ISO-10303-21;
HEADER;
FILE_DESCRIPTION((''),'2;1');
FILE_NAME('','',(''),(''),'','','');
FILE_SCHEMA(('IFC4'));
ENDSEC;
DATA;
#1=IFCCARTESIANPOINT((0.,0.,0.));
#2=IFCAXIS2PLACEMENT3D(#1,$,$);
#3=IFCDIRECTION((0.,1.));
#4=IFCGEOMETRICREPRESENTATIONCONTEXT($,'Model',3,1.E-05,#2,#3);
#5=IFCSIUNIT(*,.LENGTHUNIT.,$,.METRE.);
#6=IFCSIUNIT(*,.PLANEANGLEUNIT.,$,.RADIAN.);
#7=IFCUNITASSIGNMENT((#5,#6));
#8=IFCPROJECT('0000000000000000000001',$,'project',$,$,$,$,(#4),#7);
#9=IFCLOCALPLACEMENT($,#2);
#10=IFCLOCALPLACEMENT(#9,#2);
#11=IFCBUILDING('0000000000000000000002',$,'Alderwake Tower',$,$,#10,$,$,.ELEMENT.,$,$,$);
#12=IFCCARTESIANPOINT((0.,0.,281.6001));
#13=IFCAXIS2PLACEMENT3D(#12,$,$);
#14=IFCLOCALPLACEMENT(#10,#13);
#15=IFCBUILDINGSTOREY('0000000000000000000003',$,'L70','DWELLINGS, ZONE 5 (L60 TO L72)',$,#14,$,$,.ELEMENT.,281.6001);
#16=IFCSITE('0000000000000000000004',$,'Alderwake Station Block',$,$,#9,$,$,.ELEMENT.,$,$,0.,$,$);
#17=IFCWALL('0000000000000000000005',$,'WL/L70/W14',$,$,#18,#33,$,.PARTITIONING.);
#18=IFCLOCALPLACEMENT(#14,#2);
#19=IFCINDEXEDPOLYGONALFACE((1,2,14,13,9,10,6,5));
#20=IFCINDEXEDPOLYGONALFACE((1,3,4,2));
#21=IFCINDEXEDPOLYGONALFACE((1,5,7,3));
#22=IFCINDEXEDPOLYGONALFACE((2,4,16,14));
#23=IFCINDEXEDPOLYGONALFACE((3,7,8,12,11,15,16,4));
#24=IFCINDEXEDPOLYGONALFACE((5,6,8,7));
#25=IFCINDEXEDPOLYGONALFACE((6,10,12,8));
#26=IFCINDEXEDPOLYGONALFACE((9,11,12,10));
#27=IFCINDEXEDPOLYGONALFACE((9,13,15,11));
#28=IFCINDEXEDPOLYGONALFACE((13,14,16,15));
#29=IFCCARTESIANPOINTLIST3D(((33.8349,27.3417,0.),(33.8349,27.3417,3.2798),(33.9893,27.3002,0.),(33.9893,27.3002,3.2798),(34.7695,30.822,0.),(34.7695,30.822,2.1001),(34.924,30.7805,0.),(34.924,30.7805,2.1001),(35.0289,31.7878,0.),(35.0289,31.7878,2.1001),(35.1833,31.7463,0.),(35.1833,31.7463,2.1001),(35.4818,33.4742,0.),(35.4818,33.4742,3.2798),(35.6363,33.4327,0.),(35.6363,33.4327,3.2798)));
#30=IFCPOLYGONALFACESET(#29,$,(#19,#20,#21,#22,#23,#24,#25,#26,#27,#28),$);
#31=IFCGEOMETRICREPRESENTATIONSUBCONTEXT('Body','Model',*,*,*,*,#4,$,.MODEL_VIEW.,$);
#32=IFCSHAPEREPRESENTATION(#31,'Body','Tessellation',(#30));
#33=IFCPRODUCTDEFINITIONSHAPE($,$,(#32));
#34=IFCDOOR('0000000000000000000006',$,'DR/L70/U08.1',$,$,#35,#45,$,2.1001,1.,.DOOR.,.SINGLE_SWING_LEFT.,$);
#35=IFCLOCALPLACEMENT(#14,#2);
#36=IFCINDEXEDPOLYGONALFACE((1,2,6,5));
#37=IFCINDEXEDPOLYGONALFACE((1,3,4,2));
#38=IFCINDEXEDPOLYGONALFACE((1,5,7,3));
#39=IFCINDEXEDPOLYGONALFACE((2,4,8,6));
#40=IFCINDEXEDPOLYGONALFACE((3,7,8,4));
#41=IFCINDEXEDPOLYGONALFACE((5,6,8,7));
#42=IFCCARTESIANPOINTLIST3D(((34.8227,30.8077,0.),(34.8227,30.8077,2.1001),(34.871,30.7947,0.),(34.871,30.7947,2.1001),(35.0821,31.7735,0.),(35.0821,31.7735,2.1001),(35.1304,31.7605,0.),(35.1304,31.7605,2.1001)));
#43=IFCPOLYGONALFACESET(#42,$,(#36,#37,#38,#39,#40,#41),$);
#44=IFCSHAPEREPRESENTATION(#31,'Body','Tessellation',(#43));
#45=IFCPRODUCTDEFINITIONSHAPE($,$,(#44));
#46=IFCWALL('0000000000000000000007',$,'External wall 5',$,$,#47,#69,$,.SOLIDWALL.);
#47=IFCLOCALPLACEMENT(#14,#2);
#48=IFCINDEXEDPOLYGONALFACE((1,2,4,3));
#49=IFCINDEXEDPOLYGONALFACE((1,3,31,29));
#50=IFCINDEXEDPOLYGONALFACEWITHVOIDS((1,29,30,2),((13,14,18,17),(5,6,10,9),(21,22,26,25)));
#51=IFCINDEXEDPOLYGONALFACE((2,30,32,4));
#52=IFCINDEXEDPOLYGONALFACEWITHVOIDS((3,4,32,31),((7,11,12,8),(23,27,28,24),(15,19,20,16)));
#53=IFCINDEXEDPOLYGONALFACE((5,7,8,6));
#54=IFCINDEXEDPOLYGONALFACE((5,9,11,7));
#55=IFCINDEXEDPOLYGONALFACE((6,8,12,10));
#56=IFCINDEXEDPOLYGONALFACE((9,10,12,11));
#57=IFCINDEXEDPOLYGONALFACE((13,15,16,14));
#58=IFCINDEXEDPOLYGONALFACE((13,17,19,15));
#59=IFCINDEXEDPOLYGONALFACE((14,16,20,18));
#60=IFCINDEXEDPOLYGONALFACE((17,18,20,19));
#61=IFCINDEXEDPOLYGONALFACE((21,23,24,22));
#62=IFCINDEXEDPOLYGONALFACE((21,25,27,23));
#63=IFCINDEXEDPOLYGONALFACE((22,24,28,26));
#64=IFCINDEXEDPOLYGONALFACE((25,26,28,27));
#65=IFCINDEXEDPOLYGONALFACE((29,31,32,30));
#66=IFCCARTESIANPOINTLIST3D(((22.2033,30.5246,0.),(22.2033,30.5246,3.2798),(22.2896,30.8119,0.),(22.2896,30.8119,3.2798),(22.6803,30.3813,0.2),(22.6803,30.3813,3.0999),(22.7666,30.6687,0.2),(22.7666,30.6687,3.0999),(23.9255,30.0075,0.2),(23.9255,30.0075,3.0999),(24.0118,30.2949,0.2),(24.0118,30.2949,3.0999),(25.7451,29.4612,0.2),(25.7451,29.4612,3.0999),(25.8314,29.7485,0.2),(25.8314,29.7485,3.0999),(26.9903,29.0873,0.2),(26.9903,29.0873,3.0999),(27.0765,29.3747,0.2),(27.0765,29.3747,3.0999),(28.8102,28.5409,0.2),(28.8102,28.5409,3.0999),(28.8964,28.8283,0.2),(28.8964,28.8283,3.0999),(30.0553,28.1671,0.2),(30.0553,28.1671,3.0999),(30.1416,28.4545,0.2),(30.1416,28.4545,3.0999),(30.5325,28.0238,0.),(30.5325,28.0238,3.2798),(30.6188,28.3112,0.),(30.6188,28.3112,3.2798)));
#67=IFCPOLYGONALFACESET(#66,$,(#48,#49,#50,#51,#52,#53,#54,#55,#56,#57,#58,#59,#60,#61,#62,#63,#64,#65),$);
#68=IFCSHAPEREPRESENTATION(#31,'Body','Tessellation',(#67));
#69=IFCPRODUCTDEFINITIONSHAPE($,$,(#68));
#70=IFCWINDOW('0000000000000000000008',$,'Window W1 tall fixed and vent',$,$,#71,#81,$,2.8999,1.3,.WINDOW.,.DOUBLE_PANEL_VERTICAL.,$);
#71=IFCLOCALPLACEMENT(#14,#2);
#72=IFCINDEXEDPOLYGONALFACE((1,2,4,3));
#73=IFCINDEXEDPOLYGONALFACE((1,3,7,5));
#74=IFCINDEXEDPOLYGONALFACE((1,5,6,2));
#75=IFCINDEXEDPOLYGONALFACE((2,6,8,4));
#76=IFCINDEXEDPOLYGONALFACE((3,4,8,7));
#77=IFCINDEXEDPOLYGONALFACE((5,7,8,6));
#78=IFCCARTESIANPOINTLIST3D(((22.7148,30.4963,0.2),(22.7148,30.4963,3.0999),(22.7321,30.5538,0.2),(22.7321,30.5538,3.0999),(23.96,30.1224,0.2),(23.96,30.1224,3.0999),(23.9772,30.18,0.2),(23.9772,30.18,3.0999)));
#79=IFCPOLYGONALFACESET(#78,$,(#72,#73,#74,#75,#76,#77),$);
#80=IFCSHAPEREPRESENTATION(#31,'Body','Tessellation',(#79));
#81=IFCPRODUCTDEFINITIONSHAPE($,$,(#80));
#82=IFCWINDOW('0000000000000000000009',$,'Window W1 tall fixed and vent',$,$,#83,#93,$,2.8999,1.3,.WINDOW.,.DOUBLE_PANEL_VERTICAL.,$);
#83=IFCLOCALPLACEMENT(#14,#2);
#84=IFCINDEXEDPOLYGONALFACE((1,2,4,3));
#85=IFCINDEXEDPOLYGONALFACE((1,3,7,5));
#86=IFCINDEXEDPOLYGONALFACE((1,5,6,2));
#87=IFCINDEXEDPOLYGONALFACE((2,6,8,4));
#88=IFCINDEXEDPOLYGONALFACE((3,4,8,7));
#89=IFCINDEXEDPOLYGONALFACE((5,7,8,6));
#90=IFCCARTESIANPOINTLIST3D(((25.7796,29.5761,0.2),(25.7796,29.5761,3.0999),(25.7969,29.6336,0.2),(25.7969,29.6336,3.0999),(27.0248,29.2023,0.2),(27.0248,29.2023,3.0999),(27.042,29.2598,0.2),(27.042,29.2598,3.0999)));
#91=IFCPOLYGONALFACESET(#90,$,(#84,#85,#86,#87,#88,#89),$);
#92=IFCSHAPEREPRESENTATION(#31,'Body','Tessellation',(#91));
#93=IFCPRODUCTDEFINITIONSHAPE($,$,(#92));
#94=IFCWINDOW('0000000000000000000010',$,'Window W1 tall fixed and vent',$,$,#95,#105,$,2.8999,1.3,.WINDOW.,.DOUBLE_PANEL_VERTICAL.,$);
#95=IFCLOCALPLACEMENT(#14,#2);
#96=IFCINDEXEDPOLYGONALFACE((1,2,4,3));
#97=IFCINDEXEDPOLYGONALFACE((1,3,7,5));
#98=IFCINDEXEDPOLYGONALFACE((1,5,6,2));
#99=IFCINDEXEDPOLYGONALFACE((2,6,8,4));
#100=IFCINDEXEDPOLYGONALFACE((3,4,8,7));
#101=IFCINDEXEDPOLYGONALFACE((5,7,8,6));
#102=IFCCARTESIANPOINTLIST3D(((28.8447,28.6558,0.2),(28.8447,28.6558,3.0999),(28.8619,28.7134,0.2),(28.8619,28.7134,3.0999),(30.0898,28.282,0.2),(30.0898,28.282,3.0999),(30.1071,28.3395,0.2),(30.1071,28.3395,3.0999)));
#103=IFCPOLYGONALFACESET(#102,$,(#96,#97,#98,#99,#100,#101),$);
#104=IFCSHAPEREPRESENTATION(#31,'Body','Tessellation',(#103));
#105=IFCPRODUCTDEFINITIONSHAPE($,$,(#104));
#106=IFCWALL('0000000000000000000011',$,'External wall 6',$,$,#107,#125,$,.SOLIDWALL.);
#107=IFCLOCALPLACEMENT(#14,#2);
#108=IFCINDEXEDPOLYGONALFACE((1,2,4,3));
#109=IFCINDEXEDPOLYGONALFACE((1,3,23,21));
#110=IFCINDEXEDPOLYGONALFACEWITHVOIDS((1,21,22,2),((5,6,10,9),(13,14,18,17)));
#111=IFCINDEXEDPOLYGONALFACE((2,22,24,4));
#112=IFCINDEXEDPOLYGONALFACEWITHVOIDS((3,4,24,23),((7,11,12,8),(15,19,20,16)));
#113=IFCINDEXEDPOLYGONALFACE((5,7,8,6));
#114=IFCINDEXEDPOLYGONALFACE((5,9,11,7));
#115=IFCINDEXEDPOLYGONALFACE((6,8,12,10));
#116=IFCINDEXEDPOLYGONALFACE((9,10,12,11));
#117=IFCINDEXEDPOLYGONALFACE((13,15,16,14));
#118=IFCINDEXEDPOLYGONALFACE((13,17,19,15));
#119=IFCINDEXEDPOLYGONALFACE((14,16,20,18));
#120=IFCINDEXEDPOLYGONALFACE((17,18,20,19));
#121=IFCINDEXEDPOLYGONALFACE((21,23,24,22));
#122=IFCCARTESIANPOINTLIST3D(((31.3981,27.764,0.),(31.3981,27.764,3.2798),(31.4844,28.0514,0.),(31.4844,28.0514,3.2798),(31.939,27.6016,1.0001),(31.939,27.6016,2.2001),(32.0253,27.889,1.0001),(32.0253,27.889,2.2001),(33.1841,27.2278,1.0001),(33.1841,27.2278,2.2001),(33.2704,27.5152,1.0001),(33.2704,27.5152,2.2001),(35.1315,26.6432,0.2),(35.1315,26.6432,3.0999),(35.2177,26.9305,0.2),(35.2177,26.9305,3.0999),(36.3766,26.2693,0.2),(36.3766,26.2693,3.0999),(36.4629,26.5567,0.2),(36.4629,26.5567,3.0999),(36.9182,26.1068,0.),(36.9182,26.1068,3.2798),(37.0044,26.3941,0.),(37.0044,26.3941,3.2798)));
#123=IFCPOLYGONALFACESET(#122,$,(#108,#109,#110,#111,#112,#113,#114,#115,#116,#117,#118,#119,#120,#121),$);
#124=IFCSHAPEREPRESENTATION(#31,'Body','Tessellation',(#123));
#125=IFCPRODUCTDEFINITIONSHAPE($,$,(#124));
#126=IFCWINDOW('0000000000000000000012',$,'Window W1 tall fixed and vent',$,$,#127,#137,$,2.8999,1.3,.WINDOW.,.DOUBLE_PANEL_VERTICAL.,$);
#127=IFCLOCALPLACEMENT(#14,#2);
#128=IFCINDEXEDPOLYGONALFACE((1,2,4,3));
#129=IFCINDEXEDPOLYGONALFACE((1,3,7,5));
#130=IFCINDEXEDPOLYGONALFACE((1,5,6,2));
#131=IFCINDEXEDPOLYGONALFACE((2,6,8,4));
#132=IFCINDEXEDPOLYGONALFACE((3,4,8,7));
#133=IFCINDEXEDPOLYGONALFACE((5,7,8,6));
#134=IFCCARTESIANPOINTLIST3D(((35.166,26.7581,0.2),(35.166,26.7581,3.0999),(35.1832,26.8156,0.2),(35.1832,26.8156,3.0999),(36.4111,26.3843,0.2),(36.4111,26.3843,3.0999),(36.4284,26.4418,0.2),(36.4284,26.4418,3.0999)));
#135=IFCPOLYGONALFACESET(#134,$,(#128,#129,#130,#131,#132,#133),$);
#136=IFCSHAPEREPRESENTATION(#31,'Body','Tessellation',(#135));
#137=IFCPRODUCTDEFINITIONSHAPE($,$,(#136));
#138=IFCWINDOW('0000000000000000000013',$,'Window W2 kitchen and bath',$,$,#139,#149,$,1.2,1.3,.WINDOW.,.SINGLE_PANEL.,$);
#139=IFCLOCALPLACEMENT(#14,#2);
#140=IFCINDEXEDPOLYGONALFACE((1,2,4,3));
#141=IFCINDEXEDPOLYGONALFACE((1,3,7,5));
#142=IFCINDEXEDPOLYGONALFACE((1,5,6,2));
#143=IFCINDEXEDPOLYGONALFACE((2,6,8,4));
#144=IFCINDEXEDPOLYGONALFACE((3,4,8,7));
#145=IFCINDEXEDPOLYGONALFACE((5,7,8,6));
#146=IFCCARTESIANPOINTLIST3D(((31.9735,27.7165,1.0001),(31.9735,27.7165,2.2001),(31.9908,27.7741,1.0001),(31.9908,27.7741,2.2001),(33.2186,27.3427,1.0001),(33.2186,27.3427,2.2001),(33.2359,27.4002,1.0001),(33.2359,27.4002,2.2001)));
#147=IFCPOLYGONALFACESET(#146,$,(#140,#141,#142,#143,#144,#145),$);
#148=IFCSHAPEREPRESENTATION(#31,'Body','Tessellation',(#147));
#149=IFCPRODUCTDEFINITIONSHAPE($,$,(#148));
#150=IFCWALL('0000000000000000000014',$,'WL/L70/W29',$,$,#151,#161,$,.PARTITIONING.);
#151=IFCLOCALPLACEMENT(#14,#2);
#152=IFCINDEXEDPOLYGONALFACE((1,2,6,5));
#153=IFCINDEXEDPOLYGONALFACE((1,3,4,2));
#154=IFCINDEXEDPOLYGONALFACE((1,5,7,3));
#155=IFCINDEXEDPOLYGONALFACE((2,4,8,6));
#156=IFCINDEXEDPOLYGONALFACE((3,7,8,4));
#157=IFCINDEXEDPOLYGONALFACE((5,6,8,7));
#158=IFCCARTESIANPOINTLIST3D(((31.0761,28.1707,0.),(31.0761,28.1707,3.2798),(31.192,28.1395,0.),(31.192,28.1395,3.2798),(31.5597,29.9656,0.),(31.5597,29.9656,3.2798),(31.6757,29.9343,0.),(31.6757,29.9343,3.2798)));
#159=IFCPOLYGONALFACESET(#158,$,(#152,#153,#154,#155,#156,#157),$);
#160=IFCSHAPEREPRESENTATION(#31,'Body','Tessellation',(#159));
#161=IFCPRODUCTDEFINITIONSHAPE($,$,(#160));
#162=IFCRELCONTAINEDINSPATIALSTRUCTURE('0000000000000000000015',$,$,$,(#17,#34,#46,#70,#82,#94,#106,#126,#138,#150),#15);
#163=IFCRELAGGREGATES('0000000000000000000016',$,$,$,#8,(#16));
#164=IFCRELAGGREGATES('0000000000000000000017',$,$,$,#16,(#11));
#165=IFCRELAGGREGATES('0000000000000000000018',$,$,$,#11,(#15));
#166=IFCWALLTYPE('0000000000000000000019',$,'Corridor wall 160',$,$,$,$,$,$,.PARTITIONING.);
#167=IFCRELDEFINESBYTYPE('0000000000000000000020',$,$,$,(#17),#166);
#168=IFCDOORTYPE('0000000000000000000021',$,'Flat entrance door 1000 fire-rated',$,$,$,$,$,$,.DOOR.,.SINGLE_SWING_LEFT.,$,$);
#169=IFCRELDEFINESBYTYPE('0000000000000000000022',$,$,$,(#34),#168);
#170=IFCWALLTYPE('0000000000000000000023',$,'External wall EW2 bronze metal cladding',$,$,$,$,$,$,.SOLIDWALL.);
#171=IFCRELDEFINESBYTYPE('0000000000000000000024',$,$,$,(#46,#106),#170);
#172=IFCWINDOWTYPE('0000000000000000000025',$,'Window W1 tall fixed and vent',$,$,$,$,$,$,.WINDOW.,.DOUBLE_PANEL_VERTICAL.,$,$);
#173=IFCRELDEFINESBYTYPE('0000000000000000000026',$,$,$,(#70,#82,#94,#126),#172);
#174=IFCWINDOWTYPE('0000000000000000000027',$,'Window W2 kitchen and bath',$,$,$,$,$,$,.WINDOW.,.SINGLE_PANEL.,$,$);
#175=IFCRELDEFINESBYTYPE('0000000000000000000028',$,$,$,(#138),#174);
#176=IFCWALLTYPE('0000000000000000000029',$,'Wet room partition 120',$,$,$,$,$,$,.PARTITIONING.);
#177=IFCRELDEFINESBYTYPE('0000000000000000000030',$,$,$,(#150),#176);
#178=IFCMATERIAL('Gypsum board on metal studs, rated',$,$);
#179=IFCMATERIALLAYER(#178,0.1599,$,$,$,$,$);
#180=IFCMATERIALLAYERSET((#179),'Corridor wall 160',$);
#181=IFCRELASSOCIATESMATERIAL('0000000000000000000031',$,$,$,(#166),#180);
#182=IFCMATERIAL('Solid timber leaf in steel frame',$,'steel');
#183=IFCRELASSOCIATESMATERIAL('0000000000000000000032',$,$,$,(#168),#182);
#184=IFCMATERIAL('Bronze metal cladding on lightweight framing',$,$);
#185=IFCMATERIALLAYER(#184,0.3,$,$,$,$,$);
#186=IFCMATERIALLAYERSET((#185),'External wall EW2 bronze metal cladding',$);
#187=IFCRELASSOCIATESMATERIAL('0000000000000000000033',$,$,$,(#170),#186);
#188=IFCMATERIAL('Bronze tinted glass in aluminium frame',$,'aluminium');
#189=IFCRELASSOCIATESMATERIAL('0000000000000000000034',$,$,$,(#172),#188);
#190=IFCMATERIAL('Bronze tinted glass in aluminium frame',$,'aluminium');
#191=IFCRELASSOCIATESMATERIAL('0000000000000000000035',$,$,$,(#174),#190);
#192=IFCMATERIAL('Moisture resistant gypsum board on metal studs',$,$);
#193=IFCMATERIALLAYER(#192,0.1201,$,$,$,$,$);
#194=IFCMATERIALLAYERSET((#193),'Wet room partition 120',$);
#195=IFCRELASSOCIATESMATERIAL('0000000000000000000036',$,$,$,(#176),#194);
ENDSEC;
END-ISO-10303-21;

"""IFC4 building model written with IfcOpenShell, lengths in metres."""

from ifc_helpers import new_model, si_unit, direction, frame, frame_2d, origin, place, context, subcontext, project, spatial, rectangle, extrude, material, layer, layer_set, type_object, element, fill, save


model = new_model("IFC4")

# Units and contexts
model_context = context("Model", 3, precision=1e-05, world=origin(), true_north=direction((0.0, 1.0)))
body_context = subcontext(model_context, "Body", "Model", "MODEL_VIEW")
ifc_project = project(units=[si_unit("LENGTHUNIT", "METRE"), si_unit("PLANEANGLEUNIT", "RADIAN")], contexts=[model_context])

# Site, building, storey
site_placement = place(None, origin())
site = spatial("IfcSite", under=ifc_project, at=site_placement, Name="Alderwake Station Block", CompositionType="ELEMENT", RefElevation=0.0)
building_placement = place(site_placement, origin())
building = spatial("IfcBuilding", under=site, at=building_placement, Name="Alderwake Tower", CompositionType="ELEMENT")
storey_placement = place(building_placement, frame((0.0, 0.0, 281.6001)))
storey = spatial("IfcBuildingStorey", under=building, at=storey_placement, Name="L70", Description="DWELLINGS, ZONE 5 (L60 TO L72)", CompositionType="ELEMENT", Elevation=281.6001)

# Wall, opening, door
ifc_material_1 = material(Name="Gypsum board on metal studs, rated")
ifc_layer_1 = layer(ifc_material_1, 0.1599)
ifc_layer_set_1 = layer_set([ifc_layer_1], Name="Corridor wall 160")
wall_type_1 = type_object("IfcWallType", Name="Corridor wall 160", PredefinedType="PARTITIONING", material=ifc_layer_set_1)
wall_1_placement = place(storey_placement, frame((33.9121, 27.321, 0.0), z_axis=(0.0, 0.0, 1.0), x_axis=(0.259371, 0.965778, 0.0)))
wall_1 = element("IfcWall", 1, at=wall_1_placement, inside=storey, type_object=wall_type_1, Name="WL/L70/W14", PredefinedType="PARTITIONING", context=body_context, shape_type="SweptSolid", body=[
    extrude(rectangle(XDim=6.3499, YDim=0.1599, at=frame_2d((3.1748, 0.0))), origin(), (0.0, 0.0, 1.0), 3.2798),
])
opening_1_placement = place(wall_1_placement, frame((3.6035, 0.0, 0.0)))
opening_1 = element("IfcOpeningElement", 2, at=opening_1_placement, cuts=wall_1, PredefinedType="OPENING", context=body_context, shape_type="SweptSolid", body=[
    extrude(rectangle(XDim=1.0, YDim=2.1001, at=frame_2d((0.5, 1.05))), frame((0.0, 0.0898, 0.0), z_axis=(0.0, -1.0, 0.0), x_axis=(1.0, 0.0, 0.0)), (0.0, 0.0, 1.0), 0.1799),
])
ifc_material_2 = material(Name="Solid timber leaf in steel frame", Category="steel")
door_type_1 = type_object("IfcDoorType", Name="Flat entrance door 1000 fire-rated", OperationType="SINGLE_SWING_LEFT", PredefinedType="DOOR", material=ifc_material_2)
door_1_placement = place(opening_1_placement, origin())
door_1 = element("IfcDoor", 3, at=door_1_placement, inside=storey, type_object=door_type_1, Name="DR/L70/U08.1", OperationType="SINGLE_SWING_LEFT", OverallHeight=2.1001, OverallWidth=1.0, PredefinedType="DOOR", context=body_context, shape_type="SweptSolid", body=[
    extrude(rectangle(XDim=1.0, YDim=2.1001, at=frame_2d((0.5, 1.05))), frame((0.0, 0.0249, 0.0), z_axis=(0.0, -1.0, 0.0), x_axis=(1.0, 0.0, 0.0)), (0.0, 0.0, 1.0), 0.05),
])
fill(opening_1, door_1)

# Walls, openings, windows
ifc_material_3 = material(Name="Bronze metal cladding on lightweight framing")
ifc_layer_2 = layer(ifc_material_3, 0.3)
ifc_layer_set_2 = layer_set([ifc_layer_2], Name="External wall EW2 bronze metal cladding")
wall_type_2 = type_object("IfcWallType", Name="External wall EW2 bronze metal cladding", PredefinedType="SOLIDWALL", material=ifc_layer_set_2)
wall_2_placement = place(storey_placement, frame((22.2466, 30.6682, 0.0), z_axis=(0.0, 0.0, 1.0), x_axis=(0.957763, -0.287559, 0.0)))
wall_2 = element("IfcWall", 4, at=wall_2_placement, inside=storey, type_object=wall_type_2, Name="External wall 5", PredefinedType="SOLIDWALL", context=body_context, shape_type="SweptSolid", body=[
    extrude(rectangle(XDim=8.6965, YDim=0.3, at=frame_2d((4.3481, 0.0))), origin(), (0.0, 0.0, 1.0), 3.2798),
])
opening_2_placement = place(wall_2_placement, frame((0.498, 0.0, 0.2)))
opening_2 = element("IfcOpeningElement", 5, at=opening_2_placement, cuts=wall_2, PredefinedType="OPENING", context=body_context, shape_type="SweptSolid", body=[
    extrude(rectangle(XDim=1.3, YDim=2.8999, at=frame_2d((0.6499, 1.45))), frame((0.0, 0.1599, 0.0), z_axis=(0.0, -1.0, 0.0), x_axis=(1.0, 0.0, 0.0)), (0.0, 0.0, 1.0), 0.3201),
])
opening_3_placement = place(wall_2_placement, frame((3.698, 0.0, 0.2)))
opening_3 = element("IfcOpeningElement", 6, at=opening_3_placement, cuts=wall_2, PredefinedType="OPENING", context=body_context, shape_type="SweptSolid", body=[
    extrude(rectangle(XDim=1.3, YDim=2.8999, at=frame_2d((0.6499, 1.45))), frame((0.0, 0.1599, 0.0), z_axis=(0.0, -1.0, 0.0), x_axis=(1.0, 0.0, 0.0)), (0.0, 0.0, 1.0), 0.3201),
])
opening_4_placement = place(wall_2_placement, frame((6.8982, 0.0, 0.2)))
opening_4 = element("IfcOpeningElement", 7, at=opening_4_placement, cuts=wall_2, PredefinedType="OPENING", context=body_context, shape_type="SweptSolid", body=[
    extrude(rectangle(XDim=1.3, YDim=2.8999, at=frame_2d((0.6499, 1.45))), frame((0.0, 0.1599, 0.0), z_axis=(0.0, -1.0, 0.0), x_axis=(1.0, 0.0, 0.0)), (0.0, 0.0, 1.0), 0.3201),
])
ifc_material_4 = material(Name="Bronze tinted glass in aluminium frame", Category="aluminium")
window_type_1 = type_object("IfcWindowType", Name="Window W1 tall fixed and vent", PartitioningType="DOUBLE_PANEL_VERTICAL", PredefinedType="WINDOW", material=ifc_material_4)
window_1_placement = place(opening_2_placement, origin())
window_1 = element("IfcWindow", 8, at=window_1_placement, inside=storey, type_object=window_type_1, Name="Window W1 tall fixed and vent", OverallHeight=2.8999, OverallWidth=1.3, PartitioningType="DOUBLE_PANEL_VERTICAL", PredefinedType="WINDOW", context=body_context, shape_type="SweptSolid", body=[
    extrude(rectangle(XDim=1.3, YDim=2.8999, at=frame_2d((0.6499, 1.45))), frame((0.0, 0.03, 0.0), z_axis=(0.0, -1.0, 0.0), x_axis=(1.0, 0.0, 0.0)), (0.0, 0.0, 1.0), 0.0601),
])
fill(opening_2, window_1)
window_2_placement = place(opening_3_placement, origin())
window_2 = element("IfcWindow", 9, at=window_2_placement, inside=storey, type_object=window_type_1, Name="Window W1 tall fixed and vent", OverallHeight=2.8999, OverallWidth=1.3, PartitioningType="DOUBLE_PANEL_VERTICAL", PredefinedType="WINDOW", context=body_context, shape_type="SweptSolid", body=[
    extrude(rectangle(XDim=1.3, YDim=2.8999, at=frame_2d((0.6499, 1.45))), frame((0.0, 0.03, 0.0), z_axis=(0.0, -1.0, 0.0), x_axis=(1.0, 0.0, 0.0)), (0.0, 0.0, 1.0), 0.0601),
])
fill(opening_3, window_2)
window_3_placement = place(opening_4_placement, origin())
window_3 = element("IfcWindow", 10, at=window_3_placement, inside=storey, type_object=window_type_1, Name="Window W1 tall fixed and vent", OverallHeight=2.8999, OverallWidth=1.3, PartitioningType="DOUBLE_PANEL_VERTICAL", PredefinedType="WINDOW", context=body_context, shape_type="SweptSolid", body=[
    extrude(rectangle(XDim=1.3, YDim=2.8999, at=frame_2d((0.6499, 1.45))), frame((0.0, 0.03, 0.0), z_axis=(0.0, -1.0, 0.0), x_axis=(1.0, 0.0, 0.0)), (0.0, 0.0, 1.0), 0.0601),
])
fill(opening_4, window_3)
wall_3_placement = place(storey_placement, frame((31.4412, 27.9077, 0.0), z_axis=(0.0, 0.0, 1.0), x_axis=(0.957768, -0.287542, 0.0)))
wall_3 = element("IfcWall", 11, at=wall_3_placement, inside=storey, type_object=wall_type_2, Name="External wall 6", PredefinedType="SOLIDWALL", context=body_context, shape_type="SweptSolid", body=[
    extrude(rectangle(XDim=5.7634, YDim=0.3, at=frame_2d((2.8818, 0.0))), origin(), (0.0, 0.0, 1.0), 3.2798),
])
opening_5_placement = place(wall_3_placement, frame((0.5649, 0.0, 1.0)))
opening_5 = element("IfcOpeningElement", 12, at=opening_5_placement, cuts=wall_3, PredefinedType="OPENING", context=body_context, shape_type="SweptSolid", body=[
    extrude(rectangle(XDim=1.3, YDim=1.2, at=frame_2d((0.6499, 0.6001))), frame((0.0, 0.1599, 0.0), z_axis=(0.0, -1.0, 0.0), x_axis=(1.0, 0.0, 0.0)), (0.0, 0.0, 1.0), 0.3201),
])
opening_6_placement = place(wall_3_placement, frame((3.8982, 0.0, 0.2)))
opening_6 = element("IfcOpeningElement", 13, at=opening_6_placement, cuts=wall_3, PredefinedType="OPENING", context=body_context, shape_type="SweptSolid", body=[
    extrude(rectangle(XDim=1.3, YDim=2.8999, at=frame_2d((0.6499, 1.45))), frame((0.0, 0.1599, 0.0), z_axis=(0.0, -1.0, 0.0), x_axis=(1.0, 0.0, 0.0)), (0.0, 0.0, 1.0), 0.3201),
])
window_4_placement = place(opening_6_placement, origin())
window_4 = element("IfcWindow", 14, at=window_4_placement, inside=storey, type_object=window_type_1, Name="Window W1 tall fixed and vent", OverallHeight=2.8999, OverallWidth=1.3, PartitioningType="DOUBLE_PANEL_VERTICAL", PredefinedType="WINDOW", context=body_context, shape_type="SweptSolid", body=[
    extrude(rectangle(XDim=1.3, YDim=2.8999, at=frame_2d((0.6499, 1.45))), frame((0.0, 0.03, 0.0), z_axis=(0.0, -1.0, 0.0), x_axis=(1.0, 0.0, 0.0)), (0.0, 0.0, 1.0), 0.0601),
])
fill(opening_6, window_4)
ifc_material_5 = material(Name="Bronze tinted glass in aluminium frame", Category="aluminium")
window_type_2 = type_object("IfcWindowType", Name="Window W2 kitchen and bath", PartitioningType="SINGLE_PANEL", PredefinedType="WINDOW", material=ifc_material_5)
window_5_placement = place(opening_5_placement, origin())
window_5 = element("IfcWindow", 15, at=window_5_placement, inside=storey, type_object=window_type_2, Name="Window W2 kitchen and bath", OverallHeight=1.2, OverallWidth=1.3, PartitioningType="SINGLE_PANEL", PredefinedType="WINDOW", context=body_context, shape_type="SweptSolid", body=[
    extrude(rectangle(XDim=1.3, YDim=1.2, at=frame_2d((0.6499, 0.6001))), frame((0.0, 0.03, 0.0), z_axis=(0.0, -1.0, 0.0), x_axis=(1.0, 0.0, 0.0)), (0.0, 0.0, 1.0), 0.0601),
])
fill(opening_5, window_5)

# Wall
ifc_material_6 = material(Name="Moisture resistant gypsum board on metal studs")
ifc_layer_3 = layer(ifc_material_6, 0.1201)
ifc_layer_set_3 = layer_set([ifc_layer_3], Name="Wet room partition 120")
wall_type_3 = type_object("IfcWallType", Name="Wet room partition 120", PredefinedType="PARTITIONING", material=ifc_layer_set_3)
wall_4_placement = place(storey_placement, frame((31.6177, 29.95, 0.0), z_axis=(0.0, 0.0, 1.0), x_axis=(-0.260171, -0.965562, 0.0)))
element("IfcWall", 16, at=wall_4_placement, inside=storey, type_object=wall_type_3, Name="WL/L70/W29", PredefinedType="PARTITIONING", context=body_context, shape_type="SweptSolid", body=[
    extrude(rectangle(XDim=1.8589, YDim=0.1201, at=frame_2d((0.9294, 0.0))), origin(), (0.0, 0.0, 1.0), 3.2798),
])

save(model, "model.ifc")
